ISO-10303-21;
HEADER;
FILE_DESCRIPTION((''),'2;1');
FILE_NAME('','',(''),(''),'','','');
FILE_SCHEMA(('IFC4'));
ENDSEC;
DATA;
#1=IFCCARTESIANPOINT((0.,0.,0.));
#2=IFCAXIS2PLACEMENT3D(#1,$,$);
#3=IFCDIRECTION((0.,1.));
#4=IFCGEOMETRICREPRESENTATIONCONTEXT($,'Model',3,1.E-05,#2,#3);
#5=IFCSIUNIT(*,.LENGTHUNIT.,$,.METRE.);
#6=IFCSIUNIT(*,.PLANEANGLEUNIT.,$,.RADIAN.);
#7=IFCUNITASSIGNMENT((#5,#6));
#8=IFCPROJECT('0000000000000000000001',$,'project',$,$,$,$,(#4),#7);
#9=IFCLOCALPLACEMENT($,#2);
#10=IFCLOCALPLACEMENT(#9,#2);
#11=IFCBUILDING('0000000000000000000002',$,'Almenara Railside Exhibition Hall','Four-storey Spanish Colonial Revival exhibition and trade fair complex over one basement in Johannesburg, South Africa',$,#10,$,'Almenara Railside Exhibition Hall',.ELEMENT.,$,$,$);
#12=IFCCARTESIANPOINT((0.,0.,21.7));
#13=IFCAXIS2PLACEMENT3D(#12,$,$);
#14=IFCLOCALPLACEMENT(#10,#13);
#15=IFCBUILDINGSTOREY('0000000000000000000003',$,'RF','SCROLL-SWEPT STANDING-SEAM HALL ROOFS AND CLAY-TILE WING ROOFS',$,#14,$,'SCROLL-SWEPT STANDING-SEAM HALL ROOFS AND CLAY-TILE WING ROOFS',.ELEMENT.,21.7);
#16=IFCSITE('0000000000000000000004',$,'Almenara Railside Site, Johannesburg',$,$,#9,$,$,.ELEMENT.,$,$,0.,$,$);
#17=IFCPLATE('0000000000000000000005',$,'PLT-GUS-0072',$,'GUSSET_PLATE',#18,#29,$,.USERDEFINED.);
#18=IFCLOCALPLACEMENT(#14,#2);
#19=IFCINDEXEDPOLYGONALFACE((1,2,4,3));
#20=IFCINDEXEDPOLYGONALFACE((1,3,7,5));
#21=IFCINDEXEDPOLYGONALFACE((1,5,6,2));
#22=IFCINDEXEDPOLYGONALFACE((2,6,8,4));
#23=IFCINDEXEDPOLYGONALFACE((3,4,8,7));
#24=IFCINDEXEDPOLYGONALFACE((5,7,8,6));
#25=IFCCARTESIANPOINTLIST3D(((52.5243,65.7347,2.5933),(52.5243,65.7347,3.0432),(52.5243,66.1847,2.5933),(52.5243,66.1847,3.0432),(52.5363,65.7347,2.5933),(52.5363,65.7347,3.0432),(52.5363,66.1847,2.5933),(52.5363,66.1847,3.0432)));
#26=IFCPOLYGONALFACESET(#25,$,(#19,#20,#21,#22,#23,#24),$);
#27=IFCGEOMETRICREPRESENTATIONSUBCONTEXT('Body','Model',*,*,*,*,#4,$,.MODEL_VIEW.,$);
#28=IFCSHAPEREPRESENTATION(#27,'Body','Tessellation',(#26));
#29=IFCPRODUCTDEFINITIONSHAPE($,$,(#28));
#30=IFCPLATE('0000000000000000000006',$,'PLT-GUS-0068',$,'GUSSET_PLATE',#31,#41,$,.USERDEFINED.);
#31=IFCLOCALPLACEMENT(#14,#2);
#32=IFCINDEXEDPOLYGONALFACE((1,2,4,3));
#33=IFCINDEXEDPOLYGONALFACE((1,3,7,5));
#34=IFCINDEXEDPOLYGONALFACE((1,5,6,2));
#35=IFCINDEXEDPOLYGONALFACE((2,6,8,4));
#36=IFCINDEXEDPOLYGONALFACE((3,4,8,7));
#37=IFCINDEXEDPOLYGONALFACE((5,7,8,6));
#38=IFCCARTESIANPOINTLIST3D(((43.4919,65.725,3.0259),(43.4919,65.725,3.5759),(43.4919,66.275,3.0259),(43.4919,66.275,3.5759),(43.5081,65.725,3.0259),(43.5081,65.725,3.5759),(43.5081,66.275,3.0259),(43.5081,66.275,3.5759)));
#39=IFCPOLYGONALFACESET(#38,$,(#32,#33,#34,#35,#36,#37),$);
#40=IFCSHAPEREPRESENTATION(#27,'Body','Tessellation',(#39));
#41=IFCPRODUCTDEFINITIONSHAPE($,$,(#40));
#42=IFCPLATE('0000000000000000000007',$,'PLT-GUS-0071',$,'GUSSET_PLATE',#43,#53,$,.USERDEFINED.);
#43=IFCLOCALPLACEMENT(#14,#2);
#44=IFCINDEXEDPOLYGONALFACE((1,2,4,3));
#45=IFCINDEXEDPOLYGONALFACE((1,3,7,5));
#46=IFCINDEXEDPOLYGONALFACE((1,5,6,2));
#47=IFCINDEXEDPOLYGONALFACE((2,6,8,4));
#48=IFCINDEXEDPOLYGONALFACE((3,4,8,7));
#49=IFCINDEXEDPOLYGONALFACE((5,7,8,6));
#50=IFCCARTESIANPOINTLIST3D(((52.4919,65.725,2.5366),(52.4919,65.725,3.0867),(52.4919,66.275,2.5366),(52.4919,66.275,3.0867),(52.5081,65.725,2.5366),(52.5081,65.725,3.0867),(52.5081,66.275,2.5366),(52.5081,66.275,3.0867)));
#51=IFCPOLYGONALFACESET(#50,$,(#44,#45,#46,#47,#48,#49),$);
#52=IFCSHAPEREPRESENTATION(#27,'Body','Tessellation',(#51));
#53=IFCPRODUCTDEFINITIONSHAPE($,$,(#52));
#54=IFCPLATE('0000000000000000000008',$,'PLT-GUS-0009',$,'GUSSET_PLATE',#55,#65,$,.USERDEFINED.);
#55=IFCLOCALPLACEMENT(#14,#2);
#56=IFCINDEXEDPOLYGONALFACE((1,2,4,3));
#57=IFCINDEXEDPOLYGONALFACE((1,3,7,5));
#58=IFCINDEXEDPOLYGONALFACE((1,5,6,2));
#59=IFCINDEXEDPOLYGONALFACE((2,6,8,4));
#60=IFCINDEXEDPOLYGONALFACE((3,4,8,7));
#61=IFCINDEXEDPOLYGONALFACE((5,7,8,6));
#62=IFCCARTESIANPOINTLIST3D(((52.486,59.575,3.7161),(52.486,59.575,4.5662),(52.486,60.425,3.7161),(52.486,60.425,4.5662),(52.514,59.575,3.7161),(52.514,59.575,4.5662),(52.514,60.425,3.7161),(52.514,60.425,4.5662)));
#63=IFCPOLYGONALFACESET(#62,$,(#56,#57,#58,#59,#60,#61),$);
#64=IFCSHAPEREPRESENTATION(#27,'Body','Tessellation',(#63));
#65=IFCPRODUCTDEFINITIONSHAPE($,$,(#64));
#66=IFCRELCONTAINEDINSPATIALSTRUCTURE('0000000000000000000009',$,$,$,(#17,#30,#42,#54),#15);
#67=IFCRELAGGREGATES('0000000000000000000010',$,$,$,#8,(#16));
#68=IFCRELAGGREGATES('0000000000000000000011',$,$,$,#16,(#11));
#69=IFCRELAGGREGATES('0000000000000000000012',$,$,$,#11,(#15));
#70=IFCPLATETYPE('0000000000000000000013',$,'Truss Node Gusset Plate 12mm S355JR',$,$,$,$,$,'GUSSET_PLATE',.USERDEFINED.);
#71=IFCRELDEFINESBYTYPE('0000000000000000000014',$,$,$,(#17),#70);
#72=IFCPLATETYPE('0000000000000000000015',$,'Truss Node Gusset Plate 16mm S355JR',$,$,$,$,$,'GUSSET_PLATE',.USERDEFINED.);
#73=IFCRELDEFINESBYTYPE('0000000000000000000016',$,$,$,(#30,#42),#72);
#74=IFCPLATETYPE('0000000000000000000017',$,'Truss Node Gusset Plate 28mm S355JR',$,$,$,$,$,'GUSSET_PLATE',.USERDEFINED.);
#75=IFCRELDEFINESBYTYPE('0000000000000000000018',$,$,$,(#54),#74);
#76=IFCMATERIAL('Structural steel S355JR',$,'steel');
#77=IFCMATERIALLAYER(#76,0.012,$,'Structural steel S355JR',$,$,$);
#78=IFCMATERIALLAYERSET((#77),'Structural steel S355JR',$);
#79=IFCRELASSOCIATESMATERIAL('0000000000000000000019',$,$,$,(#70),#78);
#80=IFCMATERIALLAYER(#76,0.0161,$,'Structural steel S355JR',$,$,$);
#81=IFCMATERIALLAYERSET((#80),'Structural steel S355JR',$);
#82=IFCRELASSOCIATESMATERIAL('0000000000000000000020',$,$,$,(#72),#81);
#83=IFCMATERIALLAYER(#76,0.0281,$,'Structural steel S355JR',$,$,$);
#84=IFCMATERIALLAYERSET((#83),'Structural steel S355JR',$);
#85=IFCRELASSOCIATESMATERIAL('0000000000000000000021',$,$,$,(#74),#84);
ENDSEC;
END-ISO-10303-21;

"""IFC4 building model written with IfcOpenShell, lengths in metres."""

from ifc_helpers import new_model, si_unit, direction, frame, origin, origin_2d, place, context, subcontext, project, spatial, rectangle, extrude, material, layer, layer_set, type_object, element, save


model = new_model("IFC4")

# Units and contexts
model_context = context("Model", 3, precision=1e-05, world=origin(), true_north=direction((0.0, 1.0)))
body_context = subcontext(model_context, "Body", "Model", "MODEL_VIEW")
ifc_project = project(units=[si_unit("LENGTHUNIT", "METRE"), si_unit("PLANEANGLEUNIT", "RADIAN")], contexts=[model_context])

# Site, building, storey
site_placement = place(None, origin())
site = spatial("IfcSite", under=ifc_project, at=site_placement, Name="Almenara Railside Site, Johannesburg", CompositionType="ELEMENT", RefElevation=0.0)
building_placement = place(site_placement, origin())
building = spatial("IfcBuilding", under=site, at=building_placement, Name="Almenara Railside Exhibition Hall", Description="Four-storey Spanish Colonial Revival exhibition and trade fair complex over one basement in Johannesburg, South Africa", LongName="Almenara Railside Exhibition Hall", CompositionType="ELEMENT")
storey_placement = place(building_placement, frame((0.0, 0.0, 21.7)))
storey = spatial("IfcBuildingStorey", under=building, at=storey_placement, Name="RF", Description="SCROLL-SWEPT STANDING-SEAM HALL ROOFS AND CLAY-TILE WING ROOFS", LongName="SCROLL-SWEPT STANDING-SEAM HALL ROOFS AND CLAY-TILE WING ROOFS", CompositionType="ELEMENT", Elevation=21.7)

# Shared definitions
ifc_material_1 = material(Name="Structural steel S355JR", Category="steel")

# Plates
ifc_layer_1 = layer(ifc_material_1, 0.012, Name="Structural steel S355JR")
ifc_layer_set_1 = layer_set([ifc_layer_1], Name="Structural steel S355JR")
plate_type_1 = type_object("IfcPlateType", Name="Truss Node Gusset Plate 12mm S355JR", ElementType="GUSSET_PLATE", PredefinedType="USERDEFINED", material=ifc_layer_set_1)
for number, where, z_axis, x_axis, name in (
    (1, (52.5303, 65.9597, 2.5933), (0.0, 0.0, 1.0), (0.0, 1.0, 0.0), "PLT-GUS-0072"),
):
    element("IfcPlate", number, at=place(storey_placement, frame(where, z_axis=z_axis, x_axis=x_axis)), inside=storey, type_object=plate_type_1, Name=name, ObjectType="GUSSET_PLATE", PredefinedType="USERDEFINED", context=body_context, shape_type="SweptSolid", body=[
        extrude(rectangle(XDim=0.45, YDim=0.012, at=origin_2d()), origin(), (0.0, 0.0, 1.0), 0.45),
    ])
ifc_layer_2 = layer(ifc_material_1, 0.0161, Name="Structural steel S355JR")
ifc_layer_set_2 = layer_set([ifc_layer_2], Name="Structural steel S355JR")
plate_type_2 = type_object("IfcPlateType", Name="Truss Node Gusset Plate 16mm S355JR", ElementType="GUSSET_PLATE", PredefinedType="USERDEFINED", material=ifc_layer_set_2)
for number, where, z_axis, x_axis, name in (
    (2, (43.5, 66.0, 3.0259), (0.0, 0.0, 1.0), (0.0, 1.0, 0.0), "PLT-GUS-0068"),
    (3, (52.5, 66.0, 2.5366), (0.0, 0.0, 1.0), (0.0, 1.0, 0.0), "PLT-GUS-0071"),
):
    element("IfcPlate", number, at=place(storey_placement, frame(where, z_axis=z_axis, x_axis=x_axis)), inside=storey, type_object=plate_type_2, Name=name, ObjectType="GUSSET_PLATE", PredefinedType="USERDEFINED", context=body_context, shape_type="SweptSolid", body=[
        extrude(rectangle(XDim=0.55, YDim=0.0161, at=origin_2d()), origin(), (0.0, 0.0, 1.0), 0.55),
    ])
ifc_layer_3 = layer(ifc_material_1, 0.0281, Name="Structural steel S355JR")
ifc_layer_set_3 = layer_set([ifc_layer_3], Name="Structural steel S355JR")
plate_type_3 = type_object("IfcPlateType", Name="Truss Node Gusset Plate 28mm S355JR", ElementType="GUSSET_PLATE", PredefinedType="USERDEFINED", material=ifc_layer_set_3)
plate_placement = place(storey_placement, frame((52.5, 60.0, 3.7161), z_axis=(0.0, 0.0, 1.0), x_axis=(0.0, 1.0, 0.0)))
element("IfcPlate", 4, at=plate_placement, inside=storey, type_object=plate_type_3, Name="PLT-GUS-0009", ObjectType="GUSSET_PLATE", PredefinedType="USERDEFINED", context=body_context, shape_type="SweptSolid", body=[
    extrude(rectangle(XDim=0.8501, YDim=0.0281, at=origin_2d()), origin(), (0.0, 0.0, 1.0), 0.8501),
])

save(model, "model.ifc")
